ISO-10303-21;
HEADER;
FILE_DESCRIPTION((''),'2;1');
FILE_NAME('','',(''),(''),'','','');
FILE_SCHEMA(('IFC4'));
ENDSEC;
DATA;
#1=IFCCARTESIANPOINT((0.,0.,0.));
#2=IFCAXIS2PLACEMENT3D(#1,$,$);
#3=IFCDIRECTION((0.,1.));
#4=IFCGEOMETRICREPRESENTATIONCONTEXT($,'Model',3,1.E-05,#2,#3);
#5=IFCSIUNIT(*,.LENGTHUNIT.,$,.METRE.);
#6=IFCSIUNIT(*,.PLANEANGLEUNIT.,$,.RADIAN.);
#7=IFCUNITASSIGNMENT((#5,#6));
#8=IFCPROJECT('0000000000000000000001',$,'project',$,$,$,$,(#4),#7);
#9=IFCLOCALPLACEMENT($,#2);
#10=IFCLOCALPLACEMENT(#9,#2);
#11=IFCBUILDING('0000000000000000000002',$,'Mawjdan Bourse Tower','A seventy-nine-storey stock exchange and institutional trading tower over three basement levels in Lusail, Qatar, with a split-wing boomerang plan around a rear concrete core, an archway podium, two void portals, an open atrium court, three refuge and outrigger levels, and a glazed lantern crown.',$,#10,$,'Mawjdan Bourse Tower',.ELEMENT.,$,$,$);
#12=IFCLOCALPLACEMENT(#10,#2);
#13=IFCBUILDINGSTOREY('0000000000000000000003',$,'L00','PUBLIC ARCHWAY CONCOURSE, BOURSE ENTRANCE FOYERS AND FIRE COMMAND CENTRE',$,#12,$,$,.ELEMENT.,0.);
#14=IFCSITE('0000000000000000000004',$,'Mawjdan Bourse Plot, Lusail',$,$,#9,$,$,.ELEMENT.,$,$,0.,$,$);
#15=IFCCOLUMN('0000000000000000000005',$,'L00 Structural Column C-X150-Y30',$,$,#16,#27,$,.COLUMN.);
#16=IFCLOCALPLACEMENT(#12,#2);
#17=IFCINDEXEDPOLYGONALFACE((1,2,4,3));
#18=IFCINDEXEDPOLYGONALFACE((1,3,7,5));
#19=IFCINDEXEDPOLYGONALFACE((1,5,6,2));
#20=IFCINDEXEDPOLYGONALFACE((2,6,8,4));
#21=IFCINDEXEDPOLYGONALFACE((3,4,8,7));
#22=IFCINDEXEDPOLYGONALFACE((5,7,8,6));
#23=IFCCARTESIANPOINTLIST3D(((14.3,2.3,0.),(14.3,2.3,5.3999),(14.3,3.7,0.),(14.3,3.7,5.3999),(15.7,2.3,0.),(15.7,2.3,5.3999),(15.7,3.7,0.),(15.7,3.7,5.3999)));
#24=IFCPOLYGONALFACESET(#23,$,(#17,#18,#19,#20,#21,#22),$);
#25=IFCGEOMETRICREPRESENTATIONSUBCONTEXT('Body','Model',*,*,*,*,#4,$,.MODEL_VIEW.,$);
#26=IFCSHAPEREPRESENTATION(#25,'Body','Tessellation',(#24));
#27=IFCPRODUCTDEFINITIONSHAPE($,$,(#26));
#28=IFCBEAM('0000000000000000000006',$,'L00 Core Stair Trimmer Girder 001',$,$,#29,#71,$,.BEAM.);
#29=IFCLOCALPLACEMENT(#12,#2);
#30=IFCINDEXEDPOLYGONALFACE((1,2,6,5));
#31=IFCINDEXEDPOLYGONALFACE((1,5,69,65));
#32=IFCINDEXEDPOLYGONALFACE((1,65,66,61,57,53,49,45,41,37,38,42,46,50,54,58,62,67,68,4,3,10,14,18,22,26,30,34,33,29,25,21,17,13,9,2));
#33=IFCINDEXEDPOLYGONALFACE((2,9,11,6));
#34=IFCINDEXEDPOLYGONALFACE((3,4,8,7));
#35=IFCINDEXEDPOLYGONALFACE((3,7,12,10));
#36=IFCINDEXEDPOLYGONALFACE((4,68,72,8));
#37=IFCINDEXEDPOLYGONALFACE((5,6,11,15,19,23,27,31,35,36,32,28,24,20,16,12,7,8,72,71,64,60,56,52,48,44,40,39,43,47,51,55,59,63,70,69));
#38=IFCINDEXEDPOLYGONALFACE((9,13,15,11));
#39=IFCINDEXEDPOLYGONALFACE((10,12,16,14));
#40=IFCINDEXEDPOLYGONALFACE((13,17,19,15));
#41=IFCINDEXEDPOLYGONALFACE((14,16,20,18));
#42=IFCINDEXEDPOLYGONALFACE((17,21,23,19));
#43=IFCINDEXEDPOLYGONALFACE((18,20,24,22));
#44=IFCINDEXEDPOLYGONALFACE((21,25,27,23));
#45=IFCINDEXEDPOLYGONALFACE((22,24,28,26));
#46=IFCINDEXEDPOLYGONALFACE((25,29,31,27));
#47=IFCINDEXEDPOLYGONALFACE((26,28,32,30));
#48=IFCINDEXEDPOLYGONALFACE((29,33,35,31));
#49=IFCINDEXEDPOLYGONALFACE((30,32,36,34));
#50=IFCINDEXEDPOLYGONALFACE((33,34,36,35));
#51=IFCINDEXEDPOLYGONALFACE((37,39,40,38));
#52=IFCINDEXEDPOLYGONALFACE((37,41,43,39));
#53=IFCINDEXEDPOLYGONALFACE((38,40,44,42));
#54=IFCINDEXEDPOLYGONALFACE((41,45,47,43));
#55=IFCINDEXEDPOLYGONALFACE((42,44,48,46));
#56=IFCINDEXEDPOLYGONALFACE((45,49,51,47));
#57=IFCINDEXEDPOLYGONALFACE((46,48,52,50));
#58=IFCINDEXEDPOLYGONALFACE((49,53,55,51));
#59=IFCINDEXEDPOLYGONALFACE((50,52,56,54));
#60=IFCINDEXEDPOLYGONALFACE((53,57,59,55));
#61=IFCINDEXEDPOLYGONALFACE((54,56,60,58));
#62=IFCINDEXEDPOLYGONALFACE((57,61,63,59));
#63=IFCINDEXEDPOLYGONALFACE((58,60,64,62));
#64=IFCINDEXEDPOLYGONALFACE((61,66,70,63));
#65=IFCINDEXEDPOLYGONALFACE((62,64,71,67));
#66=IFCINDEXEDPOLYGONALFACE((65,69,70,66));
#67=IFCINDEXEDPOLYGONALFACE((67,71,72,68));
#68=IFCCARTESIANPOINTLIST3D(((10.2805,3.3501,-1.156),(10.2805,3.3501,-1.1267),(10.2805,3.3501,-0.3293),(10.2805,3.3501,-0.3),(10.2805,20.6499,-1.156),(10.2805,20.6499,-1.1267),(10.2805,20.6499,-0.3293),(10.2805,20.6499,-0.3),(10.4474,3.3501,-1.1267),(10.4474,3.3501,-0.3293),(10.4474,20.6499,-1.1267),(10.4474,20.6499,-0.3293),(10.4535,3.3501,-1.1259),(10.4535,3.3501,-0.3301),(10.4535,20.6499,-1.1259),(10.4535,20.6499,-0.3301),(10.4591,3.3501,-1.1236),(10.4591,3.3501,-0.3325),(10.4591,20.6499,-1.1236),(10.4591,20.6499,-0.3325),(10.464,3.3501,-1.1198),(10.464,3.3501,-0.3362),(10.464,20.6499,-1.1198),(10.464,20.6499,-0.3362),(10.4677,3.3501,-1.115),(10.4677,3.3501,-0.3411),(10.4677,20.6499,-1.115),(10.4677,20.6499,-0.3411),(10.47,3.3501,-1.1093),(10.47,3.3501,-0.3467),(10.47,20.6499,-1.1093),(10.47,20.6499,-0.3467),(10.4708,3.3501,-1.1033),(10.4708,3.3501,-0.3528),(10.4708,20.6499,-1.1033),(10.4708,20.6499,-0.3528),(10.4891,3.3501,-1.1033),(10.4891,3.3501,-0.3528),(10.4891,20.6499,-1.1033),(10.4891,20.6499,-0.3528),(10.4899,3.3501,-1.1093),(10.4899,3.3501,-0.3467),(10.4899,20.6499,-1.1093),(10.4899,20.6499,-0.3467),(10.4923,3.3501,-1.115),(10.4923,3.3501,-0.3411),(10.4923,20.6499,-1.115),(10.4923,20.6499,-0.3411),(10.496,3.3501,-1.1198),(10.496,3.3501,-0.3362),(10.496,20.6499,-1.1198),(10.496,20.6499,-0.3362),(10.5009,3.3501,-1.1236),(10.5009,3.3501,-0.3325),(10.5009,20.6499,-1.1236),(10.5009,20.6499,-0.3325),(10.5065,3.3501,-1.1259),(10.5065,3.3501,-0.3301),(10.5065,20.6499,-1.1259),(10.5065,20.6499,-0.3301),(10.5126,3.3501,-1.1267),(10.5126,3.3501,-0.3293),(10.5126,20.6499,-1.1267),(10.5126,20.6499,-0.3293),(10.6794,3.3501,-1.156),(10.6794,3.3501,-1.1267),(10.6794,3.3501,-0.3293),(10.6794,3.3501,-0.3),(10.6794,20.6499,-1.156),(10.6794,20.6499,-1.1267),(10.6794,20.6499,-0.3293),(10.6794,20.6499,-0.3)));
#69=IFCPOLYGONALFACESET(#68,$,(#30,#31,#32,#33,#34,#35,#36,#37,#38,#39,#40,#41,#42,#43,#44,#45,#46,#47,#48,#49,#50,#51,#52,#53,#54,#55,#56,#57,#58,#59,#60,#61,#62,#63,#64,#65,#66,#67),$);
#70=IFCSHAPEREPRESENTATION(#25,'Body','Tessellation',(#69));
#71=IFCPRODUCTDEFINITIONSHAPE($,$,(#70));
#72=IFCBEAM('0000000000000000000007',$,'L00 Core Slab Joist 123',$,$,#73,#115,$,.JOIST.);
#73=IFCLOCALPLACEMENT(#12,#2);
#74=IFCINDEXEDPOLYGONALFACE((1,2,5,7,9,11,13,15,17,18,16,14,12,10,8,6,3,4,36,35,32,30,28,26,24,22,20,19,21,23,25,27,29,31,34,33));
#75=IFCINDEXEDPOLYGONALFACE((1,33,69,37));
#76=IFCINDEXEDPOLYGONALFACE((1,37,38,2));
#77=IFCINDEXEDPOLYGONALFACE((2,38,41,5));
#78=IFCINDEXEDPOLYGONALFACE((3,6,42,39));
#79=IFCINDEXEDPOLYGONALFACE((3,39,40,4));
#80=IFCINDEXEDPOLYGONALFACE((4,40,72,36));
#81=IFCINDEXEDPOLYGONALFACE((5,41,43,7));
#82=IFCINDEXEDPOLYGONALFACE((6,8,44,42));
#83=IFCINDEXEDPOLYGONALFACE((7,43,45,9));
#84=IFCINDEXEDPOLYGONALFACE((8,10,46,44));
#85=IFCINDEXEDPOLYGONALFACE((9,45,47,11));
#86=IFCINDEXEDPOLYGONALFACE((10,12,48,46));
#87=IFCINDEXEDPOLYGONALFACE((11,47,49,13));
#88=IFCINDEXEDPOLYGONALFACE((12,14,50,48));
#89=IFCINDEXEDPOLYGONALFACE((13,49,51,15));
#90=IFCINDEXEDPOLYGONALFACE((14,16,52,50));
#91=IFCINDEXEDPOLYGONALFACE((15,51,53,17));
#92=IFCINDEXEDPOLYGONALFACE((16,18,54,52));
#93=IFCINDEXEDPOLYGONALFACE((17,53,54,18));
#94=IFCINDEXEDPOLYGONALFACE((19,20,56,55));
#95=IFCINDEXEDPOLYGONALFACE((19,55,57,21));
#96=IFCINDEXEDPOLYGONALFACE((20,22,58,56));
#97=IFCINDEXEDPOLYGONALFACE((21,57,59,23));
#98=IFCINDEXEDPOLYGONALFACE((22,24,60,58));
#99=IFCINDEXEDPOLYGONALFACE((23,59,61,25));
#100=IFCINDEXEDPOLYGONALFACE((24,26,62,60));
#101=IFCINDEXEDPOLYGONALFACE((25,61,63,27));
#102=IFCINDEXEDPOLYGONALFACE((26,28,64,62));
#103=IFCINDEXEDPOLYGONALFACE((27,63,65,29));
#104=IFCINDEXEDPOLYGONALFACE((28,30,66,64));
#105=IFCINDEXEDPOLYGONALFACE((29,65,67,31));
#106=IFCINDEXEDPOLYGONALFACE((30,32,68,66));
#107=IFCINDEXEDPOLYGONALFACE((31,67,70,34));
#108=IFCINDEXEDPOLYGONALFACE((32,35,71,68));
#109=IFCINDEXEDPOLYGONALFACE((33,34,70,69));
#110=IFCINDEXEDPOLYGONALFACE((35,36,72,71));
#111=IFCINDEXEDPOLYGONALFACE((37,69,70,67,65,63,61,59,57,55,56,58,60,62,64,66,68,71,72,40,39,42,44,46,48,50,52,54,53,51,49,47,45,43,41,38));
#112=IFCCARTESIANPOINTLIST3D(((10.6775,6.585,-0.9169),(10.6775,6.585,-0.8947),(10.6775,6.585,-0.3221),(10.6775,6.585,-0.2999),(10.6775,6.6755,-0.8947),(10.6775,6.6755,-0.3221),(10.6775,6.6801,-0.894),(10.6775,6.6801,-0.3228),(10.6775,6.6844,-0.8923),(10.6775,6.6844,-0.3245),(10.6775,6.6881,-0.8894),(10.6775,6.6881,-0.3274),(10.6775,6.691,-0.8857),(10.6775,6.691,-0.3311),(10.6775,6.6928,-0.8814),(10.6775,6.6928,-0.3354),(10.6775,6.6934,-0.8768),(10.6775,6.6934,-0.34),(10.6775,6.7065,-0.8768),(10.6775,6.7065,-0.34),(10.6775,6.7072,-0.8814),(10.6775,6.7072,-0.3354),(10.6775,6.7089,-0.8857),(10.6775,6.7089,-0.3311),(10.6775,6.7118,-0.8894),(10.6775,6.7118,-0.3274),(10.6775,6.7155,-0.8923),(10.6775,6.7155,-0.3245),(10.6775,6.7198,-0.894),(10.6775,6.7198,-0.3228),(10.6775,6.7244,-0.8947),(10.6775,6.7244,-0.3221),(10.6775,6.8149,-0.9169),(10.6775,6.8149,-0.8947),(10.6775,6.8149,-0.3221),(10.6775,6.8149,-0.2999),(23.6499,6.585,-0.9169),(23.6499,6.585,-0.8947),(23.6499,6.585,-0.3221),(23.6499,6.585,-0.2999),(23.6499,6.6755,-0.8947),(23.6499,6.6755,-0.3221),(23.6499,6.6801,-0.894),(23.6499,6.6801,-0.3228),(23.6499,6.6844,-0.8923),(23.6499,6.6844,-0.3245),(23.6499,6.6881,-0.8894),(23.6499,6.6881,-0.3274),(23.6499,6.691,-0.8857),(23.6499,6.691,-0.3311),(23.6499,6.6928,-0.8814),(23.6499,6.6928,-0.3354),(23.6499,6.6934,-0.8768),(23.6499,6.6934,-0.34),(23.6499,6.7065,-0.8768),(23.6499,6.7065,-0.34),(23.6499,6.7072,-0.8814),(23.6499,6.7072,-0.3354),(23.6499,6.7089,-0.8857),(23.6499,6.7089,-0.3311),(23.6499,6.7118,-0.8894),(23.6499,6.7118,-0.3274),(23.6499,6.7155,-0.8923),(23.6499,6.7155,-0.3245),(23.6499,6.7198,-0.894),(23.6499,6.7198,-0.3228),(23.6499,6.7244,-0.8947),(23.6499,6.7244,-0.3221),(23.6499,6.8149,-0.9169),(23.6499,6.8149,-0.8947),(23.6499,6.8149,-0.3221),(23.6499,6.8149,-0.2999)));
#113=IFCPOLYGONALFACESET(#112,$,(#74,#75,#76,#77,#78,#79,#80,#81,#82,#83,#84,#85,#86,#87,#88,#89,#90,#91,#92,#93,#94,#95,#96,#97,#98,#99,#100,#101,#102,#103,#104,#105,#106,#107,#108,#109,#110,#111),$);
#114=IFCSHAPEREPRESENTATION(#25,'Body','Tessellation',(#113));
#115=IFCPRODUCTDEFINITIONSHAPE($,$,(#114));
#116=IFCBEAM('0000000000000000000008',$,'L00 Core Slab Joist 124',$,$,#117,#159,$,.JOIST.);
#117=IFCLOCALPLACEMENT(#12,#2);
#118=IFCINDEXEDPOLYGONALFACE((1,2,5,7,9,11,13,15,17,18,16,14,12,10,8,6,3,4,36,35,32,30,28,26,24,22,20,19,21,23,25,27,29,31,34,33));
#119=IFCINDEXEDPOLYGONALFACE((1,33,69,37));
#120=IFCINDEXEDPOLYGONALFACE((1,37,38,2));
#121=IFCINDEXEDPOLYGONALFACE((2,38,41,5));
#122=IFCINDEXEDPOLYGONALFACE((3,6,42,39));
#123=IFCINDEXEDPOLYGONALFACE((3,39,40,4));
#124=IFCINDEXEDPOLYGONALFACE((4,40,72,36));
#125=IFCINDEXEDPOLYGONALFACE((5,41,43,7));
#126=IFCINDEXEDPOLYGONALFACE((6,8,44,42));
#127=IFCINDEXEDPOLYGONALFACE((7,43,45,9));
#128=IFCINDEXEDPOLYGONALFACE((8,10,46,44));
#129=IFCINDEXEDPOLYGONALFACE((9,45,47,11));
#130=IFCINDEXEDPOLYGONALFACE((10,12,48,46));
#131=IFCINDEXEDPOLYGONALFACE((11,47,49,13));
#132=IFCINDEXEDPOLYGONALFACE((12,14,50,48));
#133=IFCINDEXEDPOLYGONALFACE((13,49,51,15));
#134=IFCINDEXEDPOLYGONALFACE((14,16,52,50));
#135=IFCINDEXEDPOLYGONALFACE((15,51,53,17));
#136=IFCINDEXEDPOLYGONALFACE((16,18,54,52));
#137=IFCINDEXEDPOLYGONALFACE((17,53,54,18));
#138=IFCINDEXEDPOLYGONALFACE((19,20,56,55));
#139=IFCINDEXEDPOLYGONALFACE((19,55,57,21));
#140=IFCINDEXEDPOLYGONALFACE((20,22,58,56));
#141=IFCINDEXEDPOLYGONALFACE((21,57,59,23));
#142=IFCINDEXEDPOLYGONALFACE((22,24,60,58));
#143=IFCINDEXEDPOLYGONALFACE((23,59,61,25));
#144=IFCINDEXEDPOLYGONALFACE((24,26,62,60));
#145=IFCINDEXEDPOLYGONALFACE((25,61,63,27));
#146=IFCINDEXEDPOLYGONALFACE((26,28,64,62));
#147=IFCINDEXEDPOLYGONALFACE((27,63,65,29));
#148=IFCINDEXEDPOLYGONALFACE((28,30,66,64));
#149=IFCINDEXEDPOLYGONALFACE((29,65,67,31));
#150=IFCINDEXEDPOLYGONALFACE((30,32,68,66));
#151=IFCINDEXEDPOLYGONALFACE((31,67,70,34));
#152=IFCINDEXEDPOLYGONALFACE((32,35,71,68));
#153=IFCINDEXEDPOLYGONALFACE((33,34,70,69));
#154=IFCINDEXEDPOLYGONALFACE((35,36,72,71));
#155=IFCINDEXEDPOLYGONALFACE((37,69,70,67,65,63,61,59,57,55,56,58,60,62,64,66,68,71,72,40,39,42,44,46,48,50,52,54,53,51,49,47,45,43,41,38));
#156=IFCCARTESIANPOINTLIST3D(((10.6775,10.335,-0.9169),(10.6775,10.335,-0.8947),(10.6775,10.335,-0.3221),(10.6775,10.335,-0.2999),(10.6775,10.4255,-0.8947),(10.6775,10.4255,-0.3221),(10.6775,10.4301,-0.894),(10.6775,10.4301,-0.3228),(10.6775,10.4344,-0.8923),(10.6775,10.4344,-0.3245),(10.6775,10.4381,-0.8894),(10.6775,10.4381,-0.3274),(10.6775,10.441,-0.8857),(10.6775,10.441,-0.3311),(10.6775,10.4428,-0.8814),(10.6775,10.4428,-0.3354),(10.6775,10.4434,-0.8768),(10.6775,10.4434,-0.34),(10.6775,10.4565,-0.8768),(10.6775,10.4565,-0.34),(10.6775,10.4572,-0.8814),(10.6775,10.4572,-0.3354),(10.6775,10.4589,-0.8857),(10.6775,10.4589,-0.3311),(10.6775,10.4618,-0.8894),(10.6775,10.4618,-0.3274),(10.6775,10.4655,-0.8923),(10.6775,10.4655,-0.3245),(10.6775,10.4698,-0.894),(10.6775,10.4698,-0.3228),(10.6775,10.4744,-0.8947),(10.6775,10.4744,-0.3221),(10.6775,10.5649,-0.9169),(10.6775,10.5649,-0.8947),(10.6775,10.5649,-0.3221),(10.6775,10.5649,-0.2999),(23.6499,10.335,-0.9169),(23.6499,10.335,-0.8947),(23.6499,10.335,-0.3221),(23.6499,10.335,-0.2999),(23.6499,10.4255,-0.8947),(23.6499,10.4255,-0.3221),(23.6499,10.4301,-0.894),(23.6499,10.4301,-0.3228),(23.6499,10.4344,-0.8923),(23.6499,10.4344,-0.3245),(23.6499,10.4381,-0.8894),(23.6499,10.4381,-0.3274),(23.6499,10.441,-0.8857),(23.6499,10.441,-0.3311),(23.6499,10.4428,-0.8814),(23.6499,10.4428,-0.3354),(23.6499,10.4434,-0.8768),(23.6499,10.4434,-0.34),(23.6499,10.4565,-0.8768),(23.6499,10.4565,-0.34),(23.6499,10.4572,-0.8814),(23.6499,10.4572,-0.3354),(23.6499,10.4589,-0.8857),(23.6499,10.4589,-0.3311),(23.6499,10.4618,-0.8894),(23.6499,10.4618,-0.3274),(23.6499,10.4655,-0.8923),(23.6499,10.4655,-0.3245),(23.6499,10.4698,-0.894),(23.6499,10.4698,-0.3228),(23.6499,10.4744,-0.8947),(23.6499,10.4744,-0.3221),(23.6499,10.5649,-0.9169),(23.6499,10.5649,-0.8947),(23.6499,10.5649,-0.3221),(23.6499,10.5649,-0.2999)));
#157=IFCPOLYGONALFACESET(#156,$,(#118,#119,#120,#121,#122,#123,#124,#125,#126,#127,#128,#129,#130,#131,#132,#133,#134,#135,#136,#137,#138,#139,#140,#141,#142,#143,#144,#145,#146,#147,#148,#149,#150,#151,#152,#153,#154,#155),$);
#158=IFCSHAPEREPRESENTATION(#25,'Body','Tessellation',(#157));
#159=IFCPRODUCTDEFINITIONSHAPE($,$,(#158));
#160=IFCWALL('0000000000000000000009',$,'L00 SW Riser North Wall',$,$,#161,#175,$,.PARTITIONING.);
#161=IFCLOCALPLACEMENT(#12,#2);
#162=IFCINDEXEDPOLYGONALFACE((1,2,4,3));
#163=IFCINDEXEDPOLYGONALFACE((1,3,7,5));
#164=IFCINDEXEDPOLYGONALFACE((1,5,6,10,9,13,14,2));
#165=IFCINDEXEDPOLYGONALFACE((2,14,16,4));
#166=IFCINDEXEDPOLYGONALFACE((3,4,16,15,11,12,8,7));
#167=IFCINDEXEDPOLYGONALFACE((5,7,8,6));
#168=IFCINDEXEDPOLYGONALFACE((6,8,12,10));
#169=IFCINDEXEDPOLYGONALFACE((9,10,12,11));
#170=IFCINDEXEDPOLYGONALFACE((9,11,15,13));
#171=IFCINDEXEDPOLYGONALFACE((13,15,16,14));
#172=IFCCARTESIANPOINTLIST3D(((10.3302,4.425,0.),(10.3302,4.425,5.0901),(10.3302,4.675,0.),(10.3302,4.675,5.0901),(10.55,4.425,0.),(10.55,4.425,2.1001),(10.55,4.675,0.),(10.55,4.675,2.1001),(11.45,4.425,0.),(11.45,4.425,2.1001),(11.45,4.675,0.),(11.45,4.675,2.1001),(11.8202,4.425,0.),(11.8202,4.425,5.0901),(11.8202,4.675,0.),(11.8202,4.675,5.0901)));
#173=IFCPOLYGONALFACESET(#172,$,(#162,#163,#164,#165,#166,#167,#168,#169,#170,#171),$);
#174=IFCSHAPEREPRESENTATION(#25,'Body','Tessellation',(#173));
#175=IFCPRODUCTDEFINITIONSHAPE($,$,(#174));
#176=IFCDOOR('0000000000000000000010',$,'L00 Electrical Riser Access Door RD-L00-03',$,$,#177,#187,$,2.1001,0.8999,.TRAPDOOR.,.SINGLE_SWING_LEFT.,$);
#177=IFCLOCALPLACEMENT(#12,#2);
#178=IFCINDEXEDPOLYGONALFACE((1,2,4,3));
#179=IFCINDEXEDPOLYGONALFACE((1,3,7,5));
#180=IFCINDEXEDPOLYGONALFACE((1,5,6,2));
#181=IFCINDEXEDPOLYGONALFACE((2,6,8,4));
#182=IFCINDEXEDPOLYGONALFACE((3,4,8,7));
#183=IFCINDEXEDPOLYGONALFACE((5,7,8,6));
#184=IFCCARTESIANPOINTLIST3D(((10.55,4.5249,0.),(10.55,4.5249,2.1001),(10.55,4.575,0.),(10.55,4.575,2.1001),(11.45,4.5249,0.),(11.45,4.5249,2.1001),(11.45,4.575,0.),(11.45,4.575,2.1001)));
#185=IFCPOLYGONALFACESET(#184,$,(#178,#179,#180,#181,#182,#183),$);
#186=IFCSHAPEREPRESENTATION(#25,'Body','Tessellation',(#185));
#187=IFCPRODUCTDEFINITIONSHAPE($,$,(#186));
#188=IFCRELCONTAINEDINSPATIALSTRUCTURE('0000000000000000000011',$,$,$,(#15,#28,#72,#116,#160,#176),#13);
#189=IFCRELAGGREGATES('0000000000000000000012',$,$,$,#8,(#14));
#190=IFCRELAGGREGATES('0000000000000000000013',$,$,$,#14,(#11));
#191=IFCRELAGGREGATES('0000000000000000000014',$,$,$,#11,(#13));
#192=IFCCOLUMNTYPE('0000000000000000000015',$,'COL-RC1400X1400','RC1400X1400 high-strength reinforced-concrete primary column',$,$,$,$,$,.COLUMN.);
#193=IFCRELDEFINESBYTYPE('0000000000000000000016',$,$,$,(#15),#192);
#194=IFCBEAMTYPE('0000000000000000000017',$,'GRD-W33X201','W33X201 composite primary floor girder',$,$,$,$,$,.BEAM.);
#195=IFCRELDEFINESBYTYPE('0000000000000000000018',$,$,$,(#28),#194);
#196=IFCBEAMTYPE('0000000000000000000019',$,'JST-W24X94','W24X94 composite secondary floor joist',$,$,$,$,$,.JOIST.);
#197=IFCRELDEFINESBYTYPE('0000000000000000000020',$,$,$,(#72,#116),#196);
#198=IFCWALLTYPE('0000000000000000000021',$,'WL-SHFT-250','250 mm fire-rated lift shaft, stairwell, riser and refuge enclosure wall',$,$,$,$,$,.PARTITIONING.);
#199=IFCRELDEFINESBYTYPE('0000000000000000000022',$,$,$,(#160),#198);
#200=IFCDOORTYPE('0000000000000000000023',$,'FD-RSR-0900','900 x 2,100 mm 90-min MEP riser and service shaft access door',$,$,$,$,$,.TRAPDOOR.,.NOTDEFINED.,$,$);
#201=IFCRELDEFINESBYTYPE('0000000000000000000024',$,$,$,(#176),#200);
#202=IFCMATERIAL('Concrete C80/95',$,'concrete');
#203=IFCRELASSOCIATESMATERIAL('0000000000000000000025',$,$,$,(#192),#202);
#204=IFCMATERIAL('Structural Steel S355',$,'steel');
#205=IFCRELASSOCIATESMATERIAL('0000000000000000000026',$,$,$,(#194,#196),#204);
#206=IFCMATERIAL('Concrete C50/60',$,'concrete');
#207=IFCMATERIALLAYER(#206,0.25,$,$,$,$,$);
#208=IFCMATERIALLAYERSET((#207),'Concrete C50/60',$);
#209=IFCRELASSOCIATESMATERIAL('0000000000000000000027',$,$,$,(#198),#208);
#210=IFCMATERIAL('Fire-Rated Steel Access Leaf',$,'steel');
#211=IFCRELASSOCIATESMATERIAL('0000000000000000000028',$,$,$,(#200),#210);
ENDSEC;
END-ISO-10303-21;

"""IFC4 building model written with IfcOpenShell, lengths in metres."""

from ifc_helpers import new_model, si_unit, direction, frame, frame_2d, origin, origin_2d, place, context, subcontext, project, spatial, rectangle, i_section, extrude, material, layer, layer_set, material_profile, profile_set, type_object, element, fill, save


model = new_model("IFC4")

# Units and contexts
model_context = context("Model", 3, precision=1e-05, world=origin(), true_north=direction((0.0, 1.0)))
body_context = subcontext(model_context, "Body", "Model", "MODEL_VIEW")
ifc_project = project(units=[si_unit("LENGTHUNIT", "METRE"), si_unit("PLANEANGLEUNIT", "RADIAN")], contexts=[model_context])

# Site, building, storey
site_placement = place(None, origin())
site = spatial("IfcSite", under=ifc_project, at=site_placement, Name="Mawjdan Bourse Plot, Lusail", CompositionType="ELEMENT", RefElevation=0.0)
building_placement = place(site_placement, origin())
building = spatial("IfcBuilding", under=site, at=building_placement, Name="Mawjdan Bourse Tower", Description="A seventy-nine-storey stock exchange and institutional trading tower over three basement levels in Lusail, Qatar, with a split-wing boomerang plan around a rear concrete core, an archway podium, two void portals, an open atrium court, three refuge and outrigger levels, and a glazed lantern crown.", LongName="Mawjdan Bourse Tower", CompositionType="ELEMENT")
storey_placement = place(building_placement, origin())
storey = spatial("IfcBuildingStorey", under=building, at=storey_placement, Name="L00", Description="PUBLIC ARCHWAY CONCOURSE, BOURSE ENTRANCE FOYERS AND FIRE COMMAND CENTRE", CompositionType="ELEMENT", Elevation=0.0)

# Column
ifc_material_1 = material(Name="Concrete C80/95", Category="concrete")
ifc_material_profile_1 = material_profile(ifc_material_1, rectangle(XDim=1.3999, YDim=1.3999, at=origin_2d()), Name="RC1400X1400")
ifc_profile_set_1 = profile_set([ifc_material_profile_1], Name="Concrete C80/95")
column_type = type_object("IfcColumnType", Name="COL-RC1400X1400", Description="RC1400X1400 high-strength reinforced-concrete primary column", PredefinedType="COLUMN", material=ifc_profile_set_1)
column_placement = place(storey_placement, frame((15.0, 3.0, 0.0), z_axis=(0.0, 0.0, 1.0), x_axis=(1.0, 0.0, 0.0)))
element("IfcColumn", 1, at=column_placement, inside=storey, type_object=column_type, Name="L00 Structural Column C-X150-Y30", PredefinedType="COLUMN", context=body_context, shape_type="SweptSolid", body=[
    extrude(rectangle(XDim=1.3999, YDim=1.3999, at=origin_2d()), origin(), (0.0, 0.0, 1.0), 5.3999),
])

# Beams
ifc_material_2 = material(Name="Structural Steel S355", Category="steel")
ifc_material_profile_2 = material_profile(ifc_material_2, i_section(OverallWidth=0.3989, OverallDepth=0.856, WebThickness=0.0183, FlangeThickness=0.0293, FilletRadius=0.0234, at=origin_2d()), Name="W33X201")
ifc_profile_set_2 = profile_set([ifc_material_profile_2], Name="Structural Steel S355")
beam_type_1 = type_object("IfcBeamType", Name="GRD-W33X201", Description="W33X201 composite primary floor girder", PredefinedType="BEAM", material=ifc_profile_set_2)
beam_placement = place(storey_placement, frame((10.48, 3.3501, -0.728), z_axis=(0.0, 1.0, 0.0), x_axis=(-1.0, 0.0, 0.0)))
element("IfcBeam", 2, at=beam_placement, inside=storey, type_object=beam_type_1, Name="L00 Core Stair Trimmer Girder 001", PredefinedType="BEAM", context=body_context, shape_type="SweptSolid", body=[
    extrude(i_section(OverallWidth=0.3989, OverallDepth=0.856, WebThickness=0.0183, FlangeThickness=0.0293, FilletRadius=0.0234, at=origin_2d()), origin(), (0.0, 0.0, 1.0), 17.2998),
])
ifc_material_profile_3 = material_profile(ifc_material_2, i_section(OverallWidth=0.23, OverallDepth=0.6169, WebThickness=0.0132, FlangeThickness=0.0222, FilletRadius=0.0178, at=origin_2d()), Name="W24X94")
ifc_profile_set_3 = profile_set([ifc_material_profile_3], Name="Structural Steel S355")
beam_type_2 = type_object("IfcBeamType", Name="JST-W24X94", Description="W24X94 composite secondary floor joist", PredefinedType="JOIST", material=ifc_profile_set_3)
for number, where, z_axis, x_axis, name in (
    (3, (10.6775, 6.7, -0.6084), (1.0, 0.0, 0.0), (0.0, 1.0, 0.0), "L00 Core Slab Joist 123"),
    (4, (10.6775, 10.45, -0.6084), (1.0, 0.0, 0.0), (0.0, 1.0, 0.0), "L00 Core Slab Joist 124"),
):
    element("IfcBeam", number, at=place(storey_placement, frame(where, z_axis=z_axis, x_axis=x_axis)), inside=storey, type_object=beam_type_2, Name=name, PredefinedType="JOIST", context=body_context, shape_type="SweptSolid", body=[
        extrude(i_section(OverallWidth=0.23, OverallDepth=0.6169, WebThickness=0.0132, FlangeThickness=0.0222, FilletRadius=0.0178, at=origin_2d()), origin(), (0.0, 0.0, 1.0), 12.9724),
    ])

# Wall, opening, door
ifc_material_3 = material(Name="Concrete C50/60", Category="concrete")
ifc_layer_1 = layer(ifc_material_3, 0.25)
ifc_layer_set_1 = layer_set([ifc_layer_1], Name="Concrete C50/60")
wall_type_1 = type_object("IfcWallType", Name="WL-SHFT-250", Description="250 mm fire-rated lift shaft, stairwell, riser and refuge enclosure wall", PredefinedType="PARTITIONING", material=ifc_layer_set_1)
wall_1_placement = place(storey_placement, frame((10.3301, 4.55, 0.0), z_axis=(0.0, 0.0, 1.0), x_axis=(1.0, 0.0, 0.0)))
wall_1 = element("IfcWall", 5, at=wall_1_placement, inside=storey, type_object=wall_type_1, Name="L00 SW Riser North Wall", PredefinedType="PARTITIONING", context=body_context, shape_type="SweptSolid", body=[
    extrude(rectangle(XDim=1.49, YDim=0.25, at=frame_2d((0.7451, 0.0))), origin(), (0.0, 0.0, 1.0), 5.0901),
])
opening_1_placement = place(wall_1_placement, frame((0.22, 0.0, 0.0)))
opening_1 = element("IfcOpeningElement", 6, at=opening_1_placement, cuts=wall_1, PredefinedType="OPENING", context=body_context, shape_type="SweptSolid", body=[
    extrude(rectangle(XDim=0.8999, YDim=2.1001, at=frame_2d((0.45, 1.05))), frame((0.0, 0.135, 0.0), z_axis=(0.0, -1.0, 0.0), x_axis=(1.0, 0.0, 0.0)), (0.0, 0.0, 1.0), 0.27),
])
ifc_material_4 = material(Name="Fire-Rated Steel Access Leaf", Category="steel")
door_type_1 = type_object("IfcDoorType", Name="FD-RSR-0900", Description="900 x 2,100 mm 90-min MEP riser and service shaft access door", OperationType="NOTDEFINED", PredefinedType="TRAPDOOR", material=ifc_material_4)
door_1_placement = place(opening_1_placement, origin())
door_1 = element("IfcDoor", 7, at=door_1_placement, inside=storey, type_object=door_type_1, Name="L00 Electrical Riser Access Door RD-L00-03", OperationType="SINGLE_SWING_LEFT", OverallHeight=2.1001, OverallWidth=0.8999, PredefinedType="TRAPDOOR", context=body_context, shape_type="SweptSolid", body=[
    extrude(rectangle(XDim=0.8999, YDim=2.1001, at=frame_2d((0.45, 1.05))), frame((0.0, 0.0249, 0.0), z_axis=(0.0, -1.0, 0.0), x_axis=(1.0, 0.0, 0.0)), (0.0, 0.0, 1.0), 0.05),
])
fill(opening_1, door_1)

save(model, "model.ifc")
